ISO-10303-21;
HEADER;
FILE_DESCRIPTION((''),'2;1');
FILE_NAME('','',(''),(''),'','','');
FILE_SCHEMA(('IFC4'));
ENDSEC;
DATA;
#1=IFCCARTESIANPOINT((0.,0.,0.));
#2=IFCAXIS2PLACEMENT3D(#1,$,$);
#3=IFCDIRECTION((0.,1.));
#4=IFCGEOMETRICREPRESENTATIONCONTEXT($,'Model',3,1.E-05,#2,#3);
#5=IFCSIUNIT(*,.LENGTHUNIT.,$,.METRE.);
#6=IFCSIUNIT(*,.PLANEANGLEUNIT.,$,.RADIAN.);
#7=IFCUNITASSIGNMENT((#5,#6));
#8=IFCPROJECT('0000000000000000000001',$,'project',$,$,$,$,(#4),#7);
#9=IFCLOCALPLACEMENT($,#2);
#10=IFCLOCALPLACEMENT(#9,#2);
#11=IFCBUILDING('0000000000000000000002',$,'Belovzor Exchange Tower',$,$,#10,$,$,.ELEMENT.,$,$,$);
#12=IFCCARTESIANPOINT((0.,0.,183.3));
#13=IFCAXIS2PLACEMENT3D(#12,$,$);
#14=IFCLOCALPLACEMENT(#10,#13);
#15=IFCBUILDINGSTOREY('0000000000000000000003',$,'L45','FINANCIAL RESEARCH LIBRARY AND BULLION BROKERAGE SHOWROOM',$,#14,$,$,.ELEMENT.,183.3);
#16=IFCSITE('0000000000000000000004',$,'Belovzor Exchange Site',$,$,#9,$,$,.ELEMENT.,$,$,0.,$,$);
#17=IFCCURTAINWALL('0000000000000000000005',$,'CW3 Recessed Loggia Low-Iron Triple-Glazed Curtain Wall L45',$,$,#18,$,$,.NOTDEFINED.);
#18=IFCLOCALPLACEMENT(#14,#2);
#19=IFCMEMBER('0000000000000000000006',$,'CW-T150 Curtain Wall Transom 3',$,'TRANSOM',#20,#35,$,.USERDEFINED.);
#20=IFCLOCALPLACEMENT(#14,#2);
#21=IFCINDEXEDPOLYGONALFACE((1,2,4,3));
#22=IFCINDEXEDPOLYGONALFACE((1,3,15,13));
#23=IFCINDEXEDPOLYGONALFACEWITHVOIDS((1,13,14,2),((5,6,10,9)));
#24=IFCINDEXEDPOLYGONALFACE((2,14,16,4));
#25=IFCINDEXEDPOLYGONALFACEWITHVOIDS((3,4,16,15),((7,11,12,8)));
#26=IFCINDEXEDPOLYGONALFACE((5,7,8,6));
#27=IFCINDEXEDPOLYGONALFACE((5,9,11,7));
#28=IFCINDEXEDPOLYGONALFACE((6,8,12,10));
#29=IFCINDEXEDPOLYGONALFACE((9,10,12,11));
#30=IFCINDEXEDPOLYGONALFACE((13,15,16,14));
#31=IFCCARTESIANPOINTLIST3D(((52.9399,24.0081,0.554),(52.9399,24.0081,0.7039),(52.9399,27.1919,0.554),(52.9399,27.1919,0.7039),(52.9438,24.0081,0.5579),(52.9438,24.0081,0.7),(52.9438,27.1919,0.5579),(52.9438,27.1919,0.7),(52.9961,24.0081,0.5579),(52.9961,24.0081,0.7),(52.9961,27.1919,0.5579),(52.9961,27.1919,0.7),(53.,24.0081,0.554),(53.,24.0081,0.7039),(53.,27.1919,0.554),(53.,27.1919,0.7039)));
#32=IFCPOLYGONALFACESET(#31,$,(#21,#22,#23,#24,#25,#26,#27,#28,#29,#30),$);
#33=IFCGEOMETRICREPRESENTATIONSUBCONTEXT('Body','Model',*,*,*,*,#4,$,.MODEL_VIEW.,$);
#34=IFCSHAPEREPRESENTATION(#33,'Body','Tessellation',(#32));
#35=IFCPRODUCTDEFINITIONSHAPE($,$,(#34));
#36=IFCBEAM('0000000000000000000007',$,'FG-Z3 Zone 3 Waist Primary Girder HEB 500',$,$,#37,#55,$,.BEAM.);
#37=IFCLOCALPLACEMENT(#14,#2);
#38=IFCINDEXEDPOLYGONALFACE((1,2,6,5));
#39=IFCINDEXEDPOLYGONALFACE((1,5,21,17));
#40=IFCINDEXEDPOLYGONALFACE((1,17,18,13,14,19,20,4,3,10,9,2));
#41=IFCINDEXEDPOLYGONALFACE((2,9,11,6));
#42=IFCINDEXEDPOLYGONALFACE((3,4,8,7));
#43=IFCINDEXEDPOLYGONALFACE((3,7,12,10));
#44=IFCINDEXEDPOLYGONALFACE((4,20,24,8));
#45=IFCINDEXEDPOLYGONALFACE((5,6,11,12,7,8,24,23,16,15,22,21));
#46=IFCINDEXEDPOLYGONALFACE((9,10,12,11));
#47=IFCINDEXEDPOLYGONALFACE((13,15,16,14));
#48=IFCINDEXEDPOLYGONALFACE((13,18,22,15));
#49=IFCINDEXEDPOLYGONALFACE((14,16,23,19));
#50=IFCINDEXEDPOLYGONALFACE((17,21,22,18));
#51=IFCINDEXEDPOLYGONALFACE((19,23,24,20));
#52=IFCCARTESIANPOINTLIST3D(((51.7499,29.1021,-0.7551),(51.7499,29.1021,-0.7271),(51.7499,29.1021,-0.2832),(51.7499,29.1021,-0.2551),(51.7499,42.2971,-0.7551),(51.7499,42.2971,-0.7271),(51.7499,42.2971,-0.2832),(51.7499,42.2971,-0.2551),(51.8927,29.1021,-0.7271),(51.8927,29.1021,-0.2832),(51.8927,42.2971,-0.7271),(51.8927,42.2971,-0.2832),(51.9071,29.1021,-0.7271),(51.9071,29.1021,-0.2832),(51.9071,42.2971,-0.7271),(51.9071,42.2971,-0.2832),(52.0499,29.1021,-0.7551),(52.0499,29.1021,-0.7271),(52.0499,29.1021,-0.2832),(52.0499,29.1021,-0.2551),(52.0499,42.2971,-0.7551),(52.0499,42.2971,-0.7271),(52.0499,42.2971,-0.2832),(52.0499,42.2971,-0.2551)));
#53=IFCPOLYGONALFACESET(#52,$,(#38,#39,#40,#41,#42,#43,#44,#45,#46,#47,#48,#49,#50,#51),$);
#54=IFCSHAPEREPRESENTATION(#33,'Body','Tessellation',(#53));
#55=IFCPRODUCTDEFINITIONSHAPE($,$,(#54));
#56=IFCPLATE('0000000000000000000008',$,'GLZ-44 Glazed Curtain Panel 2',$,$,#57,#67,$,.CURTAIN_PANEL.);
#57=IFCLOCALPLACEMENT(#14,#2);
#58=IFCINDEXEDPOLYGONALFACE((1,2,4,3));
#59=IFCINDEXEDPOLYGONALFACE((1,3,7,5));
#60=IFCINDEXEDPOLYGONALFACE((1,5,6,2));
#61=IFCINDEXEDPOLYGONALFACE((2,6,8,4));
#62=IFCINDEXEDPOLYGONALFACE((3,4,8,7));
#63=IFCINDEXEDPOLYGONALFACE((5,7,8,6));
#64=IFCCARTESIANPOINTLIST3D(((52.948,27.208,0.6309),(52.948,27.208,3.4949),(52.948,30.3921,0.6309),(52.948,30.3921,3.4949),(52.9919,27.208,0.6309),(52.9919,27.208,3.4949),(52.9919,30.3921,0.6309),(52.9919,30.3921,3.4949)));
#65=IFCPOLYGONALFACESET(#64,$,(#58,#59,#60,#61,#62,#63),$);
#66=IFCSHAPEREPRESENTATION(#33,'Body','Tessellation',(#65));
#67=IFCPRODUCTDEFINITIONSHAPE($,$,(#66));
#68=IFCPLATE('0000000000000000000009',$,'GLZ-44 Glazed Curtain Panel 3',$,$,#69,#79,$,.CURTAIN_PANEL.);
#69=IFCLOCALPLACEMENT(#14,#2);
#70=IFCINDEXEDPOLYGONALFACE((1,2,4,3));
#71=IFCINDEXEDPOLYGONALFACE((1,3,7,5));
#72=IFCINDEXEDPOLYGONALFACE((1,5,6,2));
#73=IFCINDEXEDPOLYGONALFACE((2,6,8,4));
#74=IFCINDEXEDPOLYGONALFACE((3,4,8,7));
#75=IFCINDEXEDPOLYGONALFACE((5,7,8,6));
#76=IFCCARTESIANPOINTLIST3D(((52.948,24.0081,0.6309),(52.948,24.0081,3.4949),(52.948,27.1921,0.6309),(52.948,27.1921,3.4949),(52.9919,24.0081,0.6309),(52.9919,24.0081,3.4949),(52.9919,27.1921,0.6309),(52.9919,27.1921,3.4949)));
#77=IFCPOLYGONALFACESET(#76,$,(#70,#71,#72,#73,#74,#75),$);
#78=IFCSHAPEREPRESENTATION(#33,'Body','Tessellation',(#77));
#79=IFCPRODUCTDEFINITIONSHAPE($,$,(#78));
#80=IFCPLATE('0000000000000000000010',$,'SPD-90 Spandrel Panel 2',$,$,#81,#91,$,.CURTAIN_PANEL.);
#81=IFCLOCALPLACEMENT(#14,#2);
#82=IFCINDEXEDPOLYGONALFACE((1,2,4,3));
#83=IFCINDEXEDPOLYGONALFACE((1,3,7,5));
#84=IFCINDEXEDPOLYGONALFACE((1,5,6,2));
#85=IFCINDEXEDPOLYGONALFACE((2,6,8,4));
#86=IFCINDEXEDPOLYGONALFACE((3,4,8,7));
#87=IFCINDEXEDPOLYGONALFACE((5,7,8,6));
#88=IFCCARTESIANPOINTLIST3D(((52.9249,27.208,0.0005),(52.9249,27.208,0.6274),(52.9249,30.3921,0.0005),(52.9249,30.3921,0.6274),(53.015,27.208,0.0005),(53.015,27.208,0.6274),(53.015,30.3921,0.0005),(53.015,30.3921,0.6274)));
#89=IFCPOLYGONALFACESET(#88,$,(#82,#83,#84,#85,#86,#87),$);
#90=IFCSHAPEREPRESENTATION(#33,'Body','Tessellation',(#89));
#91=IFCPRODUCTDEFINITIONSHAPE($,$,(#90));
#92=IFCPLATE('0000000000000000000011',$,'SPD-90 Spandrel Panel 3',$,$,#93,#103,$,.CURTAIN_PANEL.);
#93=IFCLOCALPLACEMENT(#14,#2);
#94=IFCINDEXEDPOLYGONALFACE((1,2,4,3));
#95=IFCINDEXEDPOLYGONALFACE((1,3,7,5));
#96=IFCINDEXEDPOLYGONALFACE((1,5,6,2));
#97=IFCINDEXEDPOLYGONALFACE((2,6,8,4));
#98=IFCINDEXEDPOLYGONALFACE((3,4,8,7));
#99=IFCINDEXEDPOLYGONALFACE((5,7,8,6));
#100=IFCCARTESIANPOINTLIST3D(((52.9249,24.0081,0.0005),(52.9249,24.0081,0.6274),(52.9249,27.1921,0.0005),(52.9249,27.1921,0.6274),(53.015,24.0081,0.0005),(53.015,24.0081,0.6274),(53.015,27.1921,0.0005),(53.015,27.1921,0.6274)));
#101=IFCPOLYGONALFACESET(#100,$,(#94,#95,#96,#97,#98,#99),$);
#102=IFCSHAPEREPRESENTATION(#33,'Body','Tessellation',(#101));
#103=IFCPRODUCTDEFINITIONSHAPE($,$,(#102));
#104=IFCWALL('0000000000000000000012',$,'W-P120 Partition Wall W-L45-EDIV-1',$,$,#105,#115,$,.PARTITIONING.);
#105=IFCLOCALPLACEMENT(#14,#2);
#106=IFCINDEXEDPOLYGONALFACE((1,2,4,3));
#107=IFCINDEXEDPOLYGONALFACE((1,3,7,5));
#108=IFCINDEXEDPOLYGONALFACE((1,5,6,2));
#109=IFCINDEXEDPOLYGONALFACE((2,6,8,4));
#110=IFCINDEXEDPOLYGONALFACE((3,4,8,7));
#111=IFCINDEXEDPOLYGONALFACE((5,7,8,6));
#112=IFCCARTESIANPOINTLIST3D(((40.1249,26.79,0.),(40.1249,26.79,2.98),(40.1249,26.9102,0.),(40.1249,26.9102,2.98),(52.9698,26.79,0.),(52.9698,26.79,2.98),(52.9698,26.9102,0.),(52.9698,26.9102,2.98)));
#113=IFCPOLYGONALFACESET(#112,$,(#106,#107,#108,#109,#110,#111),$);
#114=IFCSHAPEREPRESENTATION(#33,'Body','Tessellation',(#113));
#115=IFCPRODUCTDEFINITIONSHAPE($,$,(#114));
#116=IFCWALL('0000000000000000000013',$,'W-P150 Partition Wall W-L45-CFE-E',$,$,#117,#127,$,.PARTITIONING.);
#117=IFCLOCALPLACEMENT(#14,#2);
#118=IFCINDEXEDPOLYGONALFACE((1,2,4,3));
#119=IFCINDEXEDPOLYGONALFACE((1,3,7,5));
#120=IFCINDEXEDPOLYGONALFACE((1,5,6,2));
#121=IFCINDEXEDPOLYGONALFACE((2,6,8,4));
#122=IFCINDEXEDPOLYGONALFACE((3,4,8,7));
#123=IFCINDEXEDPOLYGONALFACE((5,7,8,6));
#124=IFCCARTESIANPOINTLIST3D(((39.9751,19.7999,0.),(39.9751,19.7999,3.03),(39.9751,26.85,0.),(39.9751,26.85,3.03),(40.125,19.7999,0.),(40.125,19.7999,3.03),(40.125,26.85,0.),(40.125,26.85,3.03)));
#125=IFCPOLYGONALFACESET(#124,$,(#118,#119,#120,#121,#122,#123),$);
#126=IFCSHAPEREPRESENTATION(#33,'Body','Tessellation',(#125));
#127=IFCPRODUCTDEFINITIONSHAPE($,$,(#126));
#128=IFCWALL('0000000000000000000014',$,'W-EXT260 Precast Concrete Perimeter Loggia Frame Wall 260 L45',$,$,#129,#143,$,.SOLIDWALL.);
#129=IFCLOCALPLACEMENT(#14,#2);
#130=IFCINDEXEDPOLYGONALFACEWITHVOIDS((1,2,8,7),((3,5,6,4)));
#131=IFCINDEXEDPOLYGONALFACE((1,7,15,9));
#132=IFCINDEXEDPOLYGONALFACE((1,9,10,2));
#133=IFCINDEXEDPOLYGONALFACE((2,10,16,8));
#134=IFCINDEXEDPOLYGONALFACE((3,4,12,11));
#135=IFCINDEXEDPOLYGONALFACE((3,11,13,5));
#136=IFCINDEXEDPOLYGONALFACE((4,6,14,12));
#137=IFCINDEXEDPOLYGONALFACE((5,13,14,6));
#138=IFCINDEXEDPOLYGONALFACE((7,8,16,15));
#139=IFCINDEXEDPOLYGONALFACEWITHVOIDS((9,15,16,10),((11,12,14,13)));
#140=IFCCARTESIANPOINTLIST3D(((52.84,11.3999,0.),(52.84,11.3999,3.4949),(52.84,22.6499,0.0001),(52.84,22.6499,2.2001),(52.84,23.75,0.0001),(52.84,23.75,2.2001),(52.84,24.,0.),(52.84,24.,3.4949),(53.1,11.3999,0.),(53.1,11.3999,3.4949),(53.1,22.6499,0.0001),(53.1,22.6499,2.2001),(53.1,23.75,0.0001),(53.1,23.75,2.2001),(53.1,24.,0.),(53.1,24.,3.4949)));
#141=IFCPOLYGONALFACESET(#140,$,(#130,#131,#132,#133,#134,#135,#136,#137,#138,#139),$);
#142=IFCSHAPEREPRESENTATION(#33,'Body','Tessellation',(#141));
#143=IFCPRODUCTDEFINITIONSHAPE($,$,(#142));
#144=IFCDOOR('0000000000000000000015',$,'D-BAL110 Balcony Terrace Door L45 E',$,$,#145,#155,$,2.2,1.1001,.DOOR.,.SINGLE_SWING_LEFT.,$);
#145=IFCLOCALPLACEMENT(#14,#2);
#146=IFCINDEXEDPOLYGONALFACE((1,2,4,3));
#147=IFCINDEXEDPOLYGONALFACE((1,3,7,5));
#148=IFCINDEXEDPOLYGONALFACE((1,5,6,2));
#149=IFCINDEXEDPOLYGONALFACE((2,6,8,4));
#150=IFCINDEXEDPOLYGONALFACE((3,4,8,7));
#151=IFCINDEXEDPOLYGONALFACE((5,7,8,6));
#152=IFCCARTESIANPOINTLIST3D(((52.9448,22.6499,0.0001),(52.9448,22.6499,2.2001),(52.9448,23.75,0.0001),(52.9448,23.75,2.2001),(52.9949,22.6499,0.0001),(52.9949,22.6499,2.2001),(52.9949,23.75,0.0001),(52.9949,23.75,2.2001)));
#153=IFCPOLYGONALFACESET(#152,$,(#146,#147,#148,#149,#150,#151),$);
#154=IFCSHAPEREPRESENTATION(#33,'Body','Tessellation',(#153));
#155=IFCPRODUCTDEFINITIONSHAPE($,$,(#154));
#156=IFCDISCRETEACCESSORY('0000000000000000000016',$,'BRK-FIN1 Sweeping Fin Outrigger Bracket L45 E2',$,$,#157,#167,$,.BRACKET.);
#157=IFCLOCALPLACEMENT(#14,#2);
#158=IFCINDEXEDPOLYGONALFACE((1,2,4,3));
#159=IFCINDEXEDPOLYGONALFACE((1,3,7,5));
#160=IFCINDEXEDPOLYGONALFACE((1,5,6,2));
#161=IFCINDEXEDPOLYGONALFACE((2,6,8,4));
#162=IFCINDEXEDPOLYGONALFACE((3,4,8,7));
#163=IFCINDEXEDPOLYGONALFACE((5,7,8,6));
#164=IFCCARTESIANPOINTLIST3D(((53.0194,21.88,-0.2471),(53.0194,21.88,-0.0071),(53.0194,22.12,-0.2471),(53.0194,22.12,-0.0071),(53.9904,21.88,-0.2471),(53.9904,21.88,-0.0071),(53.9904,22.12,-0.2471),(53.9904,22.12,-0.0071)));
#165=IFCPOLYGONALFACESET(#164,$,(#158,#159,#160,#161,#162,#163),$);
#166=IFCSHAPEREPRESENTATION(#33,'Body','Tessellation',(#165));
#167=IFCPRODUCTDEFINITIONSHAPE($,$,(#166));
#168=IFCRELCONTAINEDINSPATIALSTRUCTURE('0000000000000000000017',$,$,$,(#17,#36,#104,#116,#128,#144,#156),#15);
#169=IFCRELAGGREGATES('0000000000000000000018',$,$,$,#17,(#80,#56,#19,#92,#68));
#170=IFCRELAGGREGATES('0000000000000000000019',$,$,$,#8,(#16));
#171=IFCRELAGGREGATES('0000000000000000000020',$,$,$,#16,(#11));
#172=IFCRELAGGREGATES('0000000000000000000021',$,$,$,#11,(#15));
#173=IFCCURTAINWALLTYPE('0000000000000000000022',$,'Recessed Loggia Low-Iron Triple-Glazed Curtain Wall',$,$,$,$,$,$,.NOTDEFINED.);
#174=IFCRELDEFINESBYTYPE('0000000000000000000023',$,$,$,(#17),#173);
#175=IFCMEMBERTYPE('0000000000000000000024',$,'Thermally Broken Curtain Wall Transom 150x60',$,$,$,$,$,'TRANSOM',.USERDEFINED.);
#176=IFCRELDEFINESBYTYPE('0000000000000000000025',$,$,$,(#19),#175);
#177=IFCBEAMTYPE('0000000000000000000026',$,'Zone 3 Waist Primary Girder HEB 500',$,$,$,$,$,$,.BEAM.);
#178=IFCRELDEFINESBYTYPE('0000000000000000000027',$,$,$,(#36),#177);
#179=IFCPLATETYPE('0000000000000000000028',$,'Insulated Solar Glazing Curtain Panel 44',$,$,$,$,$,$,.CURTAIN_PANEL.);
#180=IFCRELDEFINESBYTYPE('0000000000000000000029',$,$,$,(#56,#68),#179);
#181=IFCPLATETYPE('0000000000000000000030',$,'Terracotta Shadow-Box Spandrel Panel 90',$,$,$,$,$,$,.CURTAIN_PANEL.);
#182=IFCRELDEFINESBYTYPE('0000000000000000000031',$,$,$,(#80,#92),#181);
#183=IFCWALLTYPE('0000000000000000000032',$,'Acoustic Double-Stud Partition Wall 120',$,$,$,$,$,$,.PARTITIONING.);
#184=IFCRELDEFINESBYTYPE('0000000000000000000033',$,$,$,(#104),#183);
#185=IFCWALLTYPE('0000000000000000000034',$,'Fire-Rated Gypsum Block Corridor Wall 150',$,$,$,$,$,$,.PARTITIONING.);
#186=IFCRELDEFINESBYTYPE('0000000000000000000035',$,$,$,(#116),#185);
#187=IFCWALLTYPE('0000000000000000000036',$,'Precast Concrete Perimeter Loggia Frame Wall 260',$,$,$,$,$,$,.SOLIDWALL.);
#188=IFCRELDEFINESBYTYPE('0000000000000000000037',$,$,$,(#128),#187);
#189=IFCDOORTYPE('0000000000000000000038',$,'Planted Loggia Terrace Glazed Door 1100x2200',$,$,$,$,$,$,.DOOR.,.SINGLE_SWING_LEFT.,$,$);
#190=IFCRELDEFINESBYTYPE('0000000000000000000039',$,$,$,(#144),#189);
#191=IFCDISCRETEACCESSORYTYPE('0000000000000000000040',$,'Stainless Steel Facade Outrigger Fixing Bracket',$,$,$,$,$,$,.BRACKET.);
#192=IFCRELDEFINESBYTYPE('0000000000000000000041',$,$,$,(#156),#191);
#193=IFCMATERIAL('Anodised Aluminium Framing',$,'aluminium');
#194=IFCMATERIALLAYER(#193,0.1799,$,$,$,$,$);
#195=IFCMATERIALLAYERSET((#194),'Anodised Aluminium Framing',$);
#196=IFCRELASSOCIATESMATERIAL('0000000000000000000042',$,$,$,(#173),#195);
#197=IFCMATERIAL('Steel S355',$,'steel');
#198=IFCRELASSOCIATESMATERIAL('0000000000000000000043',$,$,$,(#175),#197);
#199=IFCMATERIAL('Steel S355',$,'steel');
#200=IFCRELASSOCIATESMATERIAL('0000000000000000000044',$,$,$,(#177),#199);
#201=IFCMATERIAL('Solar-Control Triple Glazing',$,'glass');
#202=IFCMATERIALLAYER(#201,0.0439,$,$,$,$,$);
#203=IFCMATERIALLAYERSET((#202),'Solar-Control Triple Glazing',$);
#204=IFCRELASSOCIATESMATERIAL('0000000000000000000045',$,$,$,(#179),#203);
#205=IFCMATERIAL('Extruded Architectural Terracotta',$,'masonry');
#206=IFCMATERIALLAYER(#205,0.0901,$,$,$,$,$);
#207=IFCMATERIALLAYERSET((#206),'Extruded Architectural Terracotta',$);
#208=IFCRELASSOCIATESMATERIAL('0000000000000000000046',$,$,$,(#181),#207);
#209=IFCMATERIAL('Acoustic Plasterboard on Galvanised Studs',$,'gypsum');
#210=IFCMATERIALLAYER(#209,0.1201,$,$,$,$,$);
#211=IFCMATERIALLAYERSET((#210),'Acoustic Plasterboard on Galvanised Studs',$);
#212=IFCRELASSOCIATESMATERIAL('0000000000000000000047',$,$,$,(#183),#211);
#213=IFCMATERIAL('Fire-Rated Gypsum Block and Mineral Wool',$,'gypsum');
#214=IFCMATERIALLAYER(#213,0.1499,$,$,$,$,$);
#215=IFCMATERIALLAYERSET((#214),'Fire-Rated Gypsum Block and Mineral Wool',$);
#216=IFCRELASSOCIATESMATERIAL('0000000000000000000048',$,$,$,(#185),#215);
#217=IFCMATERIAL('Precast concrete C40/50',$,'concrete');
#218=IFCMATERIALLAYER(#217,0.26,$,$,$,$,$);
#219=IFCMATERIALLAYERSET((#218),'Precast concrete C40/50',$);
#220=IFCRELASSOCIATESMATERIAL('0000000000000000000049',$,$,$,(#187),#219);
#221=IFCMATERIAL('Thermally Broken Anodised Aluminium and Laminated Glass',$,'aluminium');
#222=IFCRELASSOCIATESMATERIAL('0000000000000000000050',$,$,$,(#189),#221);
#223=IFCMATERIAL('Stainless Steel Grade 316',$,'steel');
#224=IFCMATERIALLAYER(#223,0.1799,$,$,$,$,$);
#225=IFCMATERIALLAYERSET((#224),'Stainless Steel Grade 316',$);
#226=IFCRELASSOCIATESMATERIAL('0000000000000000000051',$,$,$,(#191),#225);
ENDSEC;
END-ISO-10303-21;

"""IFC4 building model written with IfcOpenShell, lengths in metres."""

from ifc_helpers import new_model, si_unit, direction, frame, frame_2d, origin, origin_2d, place, context, subcontext, project, spatial, rectangle, hollow_rectangle, i_section, extrude, material, layer, layer_set, material_profile, profile_set, type_object, element, fill, aggregate, save


model = new_model("IFC4")

# Units and contexts
model_context = context("Model", 3, precision=1e-05, world=origin(), true_north=direction((0.0, 1.0)))
body_context = subcontext(model_context, "Body", "Model", "MODEL_VIEW")
ifc_project = project(units=[si_unit("LENGTHUNIT", "METRE"), si_unit("PLANEANGLEUNIT", "RADIAN")], contexts=[model_context])

# Site, building, storey
site_placement = place(None, origin())
site = spatial("IfcSite", under=ifc_project, at=site_placement, Name="Belovzor Exchange Site", CompositionType="ELEMENT", RefElevation=0.0)
building_placement = place(site_placement, origin())
building = spatial("IfcBuilding", under=site, at=building_placement, Name="Belovzor Exchange Tower", CompositionType="ELEMENT")
storey_placement = place(building_placement, frame((0.0, 0.0, 183.3)))
storey = spatial("IfcBuildingStorey", under=building, at=storey_placement, Name="L45", Description="FINANCIAL RESEARCH LIBRARY AND BULLION BROKERAGE SHOWROOM", CompositionType="ELEMENT", Elevation=183.3)

# Curtain wall, member
ifc_material_1 = material(Name="Anodised Aluminium Framing", Category="aluminium")
ifc_layer_1 = layer(ifc_material_1, 0.1799)
ifc_layer_set_1 = layer_set([ifc_layer_1], Name="Anodised Aluminium Framing")
curtain_wall_type = type_object("IfcCurtainWallType", Name="Recessed Loggia Low-Iron Triple-Glazed Curtain Wall", PredefinedType="NOTDEFINED", material=ifc_layer_set_1)
curtain_wall_placement = place(storey_placement, origin())
curtain_wall = element("IfcCurtainWall", 1, at=curtain_wall_placement, inside=storey, type_object=curtain_wall_type, Name="CW3 Recessed Loggia Low-Iron Triple-Glazed Curtain Wall L45", PredefinedType="NOTDEFINED")
ifc_material_2 = material(Name="Steel S355", Category="steel")
ifc_material_profile_1 = material_profile(ifc_material_2, hollow_rectangle(XDim=0.0601, YDim=0.1499, WallThickness=0.0039, at=origin_2d()))
ifc_profile_set_1 = profile_set([ifc_material_profile_1], Name="Steel S355")
member_type_1 = type_object("IfcMemberType", Name="Thermally Broken Curtain Wall Transom 150x60", ElementType="TRANSOM", PredefinedType="USERDEFINED", material=ifc_profile_set_1)
member_1_placement = place(storey_placement, frame((52.97, 27.1919, 0.6289), z_axis=(0.0, -1.0, 0.0), x_axis=(1.0, 0.0, 0.0)))
member_1 = element("IfcMember", 2, at=member_1_placement, type_object=member_type_1, Name="CW-T150 Curtain Wall Transom 3", ObjectType="TRANSOM", PredefinedType="USERDEFINED", context=body_context, shape_type="SweptSolid", body=[
    extrude(hollow_rectangle(XDim=0.0601, YDim=0.1499, WallThickness=0.0039, at=origin_2d()), origin(), (0.0, 0.0, 1.0), 3.1838),
])

# Beam
ifc_material_3 = material(Name="Steel S355", Category="steel")
ifc_material_profile_2 = material_profile(ifc_material_3, i_section(OverallWidth=0.3, OverallDepth=0.5, WebThickness=0.0144, FlangeThickness=0.0281, at=origin_2d()))
ifc_profile_set_2 = profile_set([ifc_material_profile_2], Name="Steel S355")
beam_type_1 = type_object("IfcBeamType", Name="Zone 3 Waist Primary Girder HEB 500", PredefinedType="BEAM", material=ifc_profile_set_2)
beam_1_placement = place(storey_placement, frame((51.8999, 29.1021, -0.5051), z_axis=(0.0, 1.0, 0.0), x_axis=(-1.0, 0.0, 0.0)))
element("IfcBeam", 3, at=beam_1_placement, inside=storey, type_object=beam_type_1, Name="FG-Z3 Zone 3 Waist Primary Girder HEB 500", PredefinedType="BEAM", context=body_context, shape_type="SweptSolid", body=[
    extrude(i_section(OverallWidth=0.3, OverallDepth=0.5, WebThickness=0.0144, FlangeThickness=0.0281, at=origin_2d()), origin(), (0.0, 0.0, 1.0), 13.1951),
])

# Plates
ifc_material_4 = material(Name="Solar-Control Triple Glazing", Category="glass")
ifc_layer_2 = layer(ifc_material_4, 0.0439)
ifc_layer_set_2 = layer_set([ifc_layer_2], Name="Solar-Control Triple Glazing")
plate_type_1 = type_object("IfcPlateType", Name="Insulated Solar Glazing Curtain Panel 44", PredefinedType="CURTAIN_PANEL", material=ifc_layer_set_2)
plate_1_placement = place(storey_placement, frame((52.97, 28.8, 0.6309), z_axis=(0.0, 0.0, 1.0), x_axis=(0.0, -1.0, 0.0)))
plate_1 = element("IfcPlate", 4, at=plate_1_placement, type_object=plate_type_1, Name="GLZ-44 Glazed Curtain Panel 2", PredefinedType="CURTAIN_PANEL", context=body_context, shape_type="SweptSolid", body=[
    extrude(rectangle(XDim=3.1841, YDim=0.0439, at=origin_2d()), origin(), (0.0, 0.0, 1.0), 2.864),
])
plate_2_placement = place(storey_placement, frame((52.97, 25.6001, 0.6309), z_axis=(0.0, 0.0, 1.0), x_axis=(0.0, -1.0, 0.0)))
plate_2 = element("IfcPlate", 5, at=plate_2_placement, type_object=plate_type_1, Name="GLZ-44 Glazed Curtain Panel 3", PredefinedType="CURTAIN_PANEL", context=body_context, shape_type="SweptSolid", body=[
    extrude(rectangle(XDim=3.1841, YDim=0.0439, at=origin_2d()), origin(), (0.0, 0.0, 1.0), 2.864),
])
ifc_material_5 = material(Name="Extruded Architectural Terracotta", Category="masonry")
ifc_layer_3 = layer(ifc_material_5, 0.0901)
ifc_layer_set_3 = layer_set([ifc_layer_3], Name="Extruded Architectural Terracotta")
plate_type_2 = type_object("IfcPlateType", Name="Terracotta Shadow-Box Spandrel Panel 90", PredefinedType="CURTAIN_PANEL", material=ifc_layer_set_3)
plate_3_placement = place(storey_placement, frame((52.97, 28.8, 0.0005), z_axis=(0.0, 0.0, 1.0), x_axis=(0.0, -1.0, 0.0)))
plate_3 = element("IfcPlate", 6, at=plate_3_placement, type_object=plate_type_2, Name="SPD-90 Spandrel Panel 2", PredefinedType="CURTAIN_PANEL", context=body_context, shape_type="SweptSolid", body=[
    extrude(rectangle(XDim=3.1841, YDim=0.0901, at=origin_2d()), origin(), (0.0, 0.0, 1.0), 0.627),
])
plate_4_placement = place(storey_placement, frame((52.97, 25.6001, 0.0005), z_axis=(0.0, 0.0, 1.0), x_axis=(0.0, -1.0, 0.0)))
plate_4 = element("IfcPlate", 7, at=plate_4_placement, type_object=plate_type_2, Name="SPD-90 Spandrel Panel 3", PredefinedType="CURTAIN_PANEL", context=body_context, shape_type="SweptSolid", body=[
    extrude(rectangle(XDim=3.1841, YDim=0.0901, at=origin_2d()), origin(), (0.0, 0.0, 1.0), 0.627),
])
aggregate(curtain_wall, [plate_3, plate_1, member_1, plate_4, plate_2])

# Walls
ifc_material_6 = material(Name="Acoustic Plasterboard on Galvanised Studs", Category="gypsum")
ifc_layer_4 = layer(ifc_material_6, 0.1201)
ifc_layer_set_4 = layer_set([ifc_layer_4], Name="Acoustic Plasterboard on Galvanised Studs")
wall_type_1 = type_object("IfcWallType", Name="Acoustic Double-Stud Partition Wall 120", PredefinedType="PARTITIONING", material=ifc_layer_set_4)
wall_1_placement = place(storey_placement, frame((40.125, 26.8501, 0.0), z_axis=(0.0, 0.0, 1.0), x_axis=(1.0, 0.0, 0.0)))
element("IfcWall", 8, at=wall_1_placement, inside=storey, type_object=wall_type_1, Name="W-P120 Partition Wall W-L45-EDIV-1", PredefinedType="PARTITIONING", context=body_context, shape_type="SweptSolid", body=[
    extrude(rectangle(XDim=12.845, YDim=0.1201, at=frame_2d((6.4224, 0.0))), origin(), (0.0, 0.0, 1.0), 2.98),
])
ifc_material_7 = material(Name="Fire-Rated Gypsum Block and Mineral Wool", Category="gypsum")
ifc_layer_5 = layer(ifc_material_7, 0.1499)
ifc_layer_set_5 = layer_set([ifc_layer_5], Name="Fire-Rated Gypsum Block and Mineral Wool")
wall_type_2 = type_object("IfcWallType", Name="Fire-Rated Gypsum Block Corridor Wall 150", PredefinedType="PARTITIONING", material=ifc_layer_set_5)
wall_2_placement = place(storey_placement, frame((40.05, 19.8, 0.0), z_axis=(0.0, 0.0, 1.0), x_axis=(0.0, 1.0, 0.0)))
element("IfcWall", 9, at=wall_2_placement, inside=storey, type_object=wall_type_2, Name="W-P150 Partition Wall W-L45-CFE-E", PredefinedType="PARTITIONING", context=body_context, shape_type="SweptSolid", body=[
    extrude(rectangle(XDim=7.05, YDim=0.1499, at=frame_2d((3.5249, 0.0))), origin(), (0.0, 0.0, 1.0), 3.03),
])

# Wall, opening, door
ifc_material_8 = material(Name="Precast concrete C40/50", Category="concrete")
ifc_layer_6 = layer(ifc_material_8, 0.26)
ifc_layer_set_6 = layer_set([ifc_layer_6], Name="Precast concrete C40/50")
wall_type_3 = type_object("IfcWallType", Name="Precast Concrete Perimeter Loggia Frame Wall 260", PredefinedType="SOLIDWALL", material=ifc_layer_set_6)
wall_3_placement = place(storey_placement, frame((52.97, 24.0, 0.0), z_axis=(0.0, 0.0, 1.0), x_axis=(0.0, -1.0, 0.0)))
wall_3 = element("IfcWall", 10, at=wall_3_placement, inside=storey, type_object=wall_type_3, Name="W-EXT260 Precast Concrete Perimeter Loggia Frame Wall 260 L45", PredefinedType="SOLIDWALL", context=body_context, shape_type="SweptSolid", body=[
    extrude(rectangle(XDim=12.6001, YDim=0.26, at=frame_2d((6.3, 0.0))), origin(), (0.0, 0.0, 1.0), 3.4949),
])
opening_placement = place(wall_3_placement, frame((0.25, 0.0, 0.0)))
opening = element("IfcOpeningElement", 11, at=opening_placement, cuts=wall_3, PredefinedType="OPENING", context=body_context, shape_type="SweptSolid", body=[
    extrude(rectangle(XDim=1.1001, YDim=2.2, at=frame_2d((0.55, 1.1001))), frame((0.0, 0.1399, 0.0), z_axis=(0.0, -1.0, 0.0), x_axis=(1.0, 0.0, 0.0)), (0.0, 0.0, 1.0), 0.28),
])
ifc_material_9 = material(Name="Thermally Broken Anodised Aluminium and Laminated Glass", Category="aluminium")
door_type = type_object("IfcDoorType", Name="Planted Loggia Terrace Glazed Door 1100x2200", OperationType="SINGLE_SWING_LEFT", PredefinedType="DOOR", material=ifc_material_9)
door_placement = place(opening_placement, origin())
door = element("IfcDoor", 12, at=door_placement, inside=storey, type_object=door_type, Name="D-BAL110 Balcony Terrace Door L45 E", OperationType="SINGLE_SWING_LEFT", OverallHeight=2.2, OverallWidth=1.1001, PredefinedType="DOOR", context=body_context, shape_type="SweptSolid", body=[
    extrude(rectangle(XDim=1.1001, YDim=2.2, at=frame_2d((0.55, 1.1001))), frame((0.0, 0.0249, 0.0), z_axis=(0.0, -1.0, 0.0), x_axis=(1.0, 0.0, 0.0)), (0.0, 0.0, 1.0), 0.05),
])
fill(opening, door)

# Discrete accessory
ifc_material_10 = material(Name="Stainless Steel Grade 316", Category="steel")
ifc_layer_7 = layer(ifc_material_10, 0.1799)
ifc_layer_set_7 = layer_set([ifc_layer_7], Name="Stainless Steel Grade 316")
discrete_accessory_type = type_object("IfcDiscreteAccessoryType", Name="Stainless Steel Facade Outrigger Fixing Bracket", PredefinedType="BRACKET", material=ifc_layer_set_7)
discrete_accessory_placement = place(storey_placement, frame((53.5049, 22.0, -0.2471), z_axis=(0.0, 0.0, 1.0), x_axis=(1.0, 0.0, 0.0)))
element("IfcDiscreteAccessory", 13, at=discrete_accessory_placement, inside=storey, type_object=discrete_accessory_type, Name="BRK-FIN1 Sweeping Fin Outrigger Bracket L45 E2", PredefinedType="BRACKET", context=body_context, shape_type="SweptSolid", body=[
    extrude(rectangle(XDim=0.9709, YDim=0.24, at=origin_2d()), origin(), (0.0, 0.0, 1.0), 0.24),
])

save(model, "model.ifc")
